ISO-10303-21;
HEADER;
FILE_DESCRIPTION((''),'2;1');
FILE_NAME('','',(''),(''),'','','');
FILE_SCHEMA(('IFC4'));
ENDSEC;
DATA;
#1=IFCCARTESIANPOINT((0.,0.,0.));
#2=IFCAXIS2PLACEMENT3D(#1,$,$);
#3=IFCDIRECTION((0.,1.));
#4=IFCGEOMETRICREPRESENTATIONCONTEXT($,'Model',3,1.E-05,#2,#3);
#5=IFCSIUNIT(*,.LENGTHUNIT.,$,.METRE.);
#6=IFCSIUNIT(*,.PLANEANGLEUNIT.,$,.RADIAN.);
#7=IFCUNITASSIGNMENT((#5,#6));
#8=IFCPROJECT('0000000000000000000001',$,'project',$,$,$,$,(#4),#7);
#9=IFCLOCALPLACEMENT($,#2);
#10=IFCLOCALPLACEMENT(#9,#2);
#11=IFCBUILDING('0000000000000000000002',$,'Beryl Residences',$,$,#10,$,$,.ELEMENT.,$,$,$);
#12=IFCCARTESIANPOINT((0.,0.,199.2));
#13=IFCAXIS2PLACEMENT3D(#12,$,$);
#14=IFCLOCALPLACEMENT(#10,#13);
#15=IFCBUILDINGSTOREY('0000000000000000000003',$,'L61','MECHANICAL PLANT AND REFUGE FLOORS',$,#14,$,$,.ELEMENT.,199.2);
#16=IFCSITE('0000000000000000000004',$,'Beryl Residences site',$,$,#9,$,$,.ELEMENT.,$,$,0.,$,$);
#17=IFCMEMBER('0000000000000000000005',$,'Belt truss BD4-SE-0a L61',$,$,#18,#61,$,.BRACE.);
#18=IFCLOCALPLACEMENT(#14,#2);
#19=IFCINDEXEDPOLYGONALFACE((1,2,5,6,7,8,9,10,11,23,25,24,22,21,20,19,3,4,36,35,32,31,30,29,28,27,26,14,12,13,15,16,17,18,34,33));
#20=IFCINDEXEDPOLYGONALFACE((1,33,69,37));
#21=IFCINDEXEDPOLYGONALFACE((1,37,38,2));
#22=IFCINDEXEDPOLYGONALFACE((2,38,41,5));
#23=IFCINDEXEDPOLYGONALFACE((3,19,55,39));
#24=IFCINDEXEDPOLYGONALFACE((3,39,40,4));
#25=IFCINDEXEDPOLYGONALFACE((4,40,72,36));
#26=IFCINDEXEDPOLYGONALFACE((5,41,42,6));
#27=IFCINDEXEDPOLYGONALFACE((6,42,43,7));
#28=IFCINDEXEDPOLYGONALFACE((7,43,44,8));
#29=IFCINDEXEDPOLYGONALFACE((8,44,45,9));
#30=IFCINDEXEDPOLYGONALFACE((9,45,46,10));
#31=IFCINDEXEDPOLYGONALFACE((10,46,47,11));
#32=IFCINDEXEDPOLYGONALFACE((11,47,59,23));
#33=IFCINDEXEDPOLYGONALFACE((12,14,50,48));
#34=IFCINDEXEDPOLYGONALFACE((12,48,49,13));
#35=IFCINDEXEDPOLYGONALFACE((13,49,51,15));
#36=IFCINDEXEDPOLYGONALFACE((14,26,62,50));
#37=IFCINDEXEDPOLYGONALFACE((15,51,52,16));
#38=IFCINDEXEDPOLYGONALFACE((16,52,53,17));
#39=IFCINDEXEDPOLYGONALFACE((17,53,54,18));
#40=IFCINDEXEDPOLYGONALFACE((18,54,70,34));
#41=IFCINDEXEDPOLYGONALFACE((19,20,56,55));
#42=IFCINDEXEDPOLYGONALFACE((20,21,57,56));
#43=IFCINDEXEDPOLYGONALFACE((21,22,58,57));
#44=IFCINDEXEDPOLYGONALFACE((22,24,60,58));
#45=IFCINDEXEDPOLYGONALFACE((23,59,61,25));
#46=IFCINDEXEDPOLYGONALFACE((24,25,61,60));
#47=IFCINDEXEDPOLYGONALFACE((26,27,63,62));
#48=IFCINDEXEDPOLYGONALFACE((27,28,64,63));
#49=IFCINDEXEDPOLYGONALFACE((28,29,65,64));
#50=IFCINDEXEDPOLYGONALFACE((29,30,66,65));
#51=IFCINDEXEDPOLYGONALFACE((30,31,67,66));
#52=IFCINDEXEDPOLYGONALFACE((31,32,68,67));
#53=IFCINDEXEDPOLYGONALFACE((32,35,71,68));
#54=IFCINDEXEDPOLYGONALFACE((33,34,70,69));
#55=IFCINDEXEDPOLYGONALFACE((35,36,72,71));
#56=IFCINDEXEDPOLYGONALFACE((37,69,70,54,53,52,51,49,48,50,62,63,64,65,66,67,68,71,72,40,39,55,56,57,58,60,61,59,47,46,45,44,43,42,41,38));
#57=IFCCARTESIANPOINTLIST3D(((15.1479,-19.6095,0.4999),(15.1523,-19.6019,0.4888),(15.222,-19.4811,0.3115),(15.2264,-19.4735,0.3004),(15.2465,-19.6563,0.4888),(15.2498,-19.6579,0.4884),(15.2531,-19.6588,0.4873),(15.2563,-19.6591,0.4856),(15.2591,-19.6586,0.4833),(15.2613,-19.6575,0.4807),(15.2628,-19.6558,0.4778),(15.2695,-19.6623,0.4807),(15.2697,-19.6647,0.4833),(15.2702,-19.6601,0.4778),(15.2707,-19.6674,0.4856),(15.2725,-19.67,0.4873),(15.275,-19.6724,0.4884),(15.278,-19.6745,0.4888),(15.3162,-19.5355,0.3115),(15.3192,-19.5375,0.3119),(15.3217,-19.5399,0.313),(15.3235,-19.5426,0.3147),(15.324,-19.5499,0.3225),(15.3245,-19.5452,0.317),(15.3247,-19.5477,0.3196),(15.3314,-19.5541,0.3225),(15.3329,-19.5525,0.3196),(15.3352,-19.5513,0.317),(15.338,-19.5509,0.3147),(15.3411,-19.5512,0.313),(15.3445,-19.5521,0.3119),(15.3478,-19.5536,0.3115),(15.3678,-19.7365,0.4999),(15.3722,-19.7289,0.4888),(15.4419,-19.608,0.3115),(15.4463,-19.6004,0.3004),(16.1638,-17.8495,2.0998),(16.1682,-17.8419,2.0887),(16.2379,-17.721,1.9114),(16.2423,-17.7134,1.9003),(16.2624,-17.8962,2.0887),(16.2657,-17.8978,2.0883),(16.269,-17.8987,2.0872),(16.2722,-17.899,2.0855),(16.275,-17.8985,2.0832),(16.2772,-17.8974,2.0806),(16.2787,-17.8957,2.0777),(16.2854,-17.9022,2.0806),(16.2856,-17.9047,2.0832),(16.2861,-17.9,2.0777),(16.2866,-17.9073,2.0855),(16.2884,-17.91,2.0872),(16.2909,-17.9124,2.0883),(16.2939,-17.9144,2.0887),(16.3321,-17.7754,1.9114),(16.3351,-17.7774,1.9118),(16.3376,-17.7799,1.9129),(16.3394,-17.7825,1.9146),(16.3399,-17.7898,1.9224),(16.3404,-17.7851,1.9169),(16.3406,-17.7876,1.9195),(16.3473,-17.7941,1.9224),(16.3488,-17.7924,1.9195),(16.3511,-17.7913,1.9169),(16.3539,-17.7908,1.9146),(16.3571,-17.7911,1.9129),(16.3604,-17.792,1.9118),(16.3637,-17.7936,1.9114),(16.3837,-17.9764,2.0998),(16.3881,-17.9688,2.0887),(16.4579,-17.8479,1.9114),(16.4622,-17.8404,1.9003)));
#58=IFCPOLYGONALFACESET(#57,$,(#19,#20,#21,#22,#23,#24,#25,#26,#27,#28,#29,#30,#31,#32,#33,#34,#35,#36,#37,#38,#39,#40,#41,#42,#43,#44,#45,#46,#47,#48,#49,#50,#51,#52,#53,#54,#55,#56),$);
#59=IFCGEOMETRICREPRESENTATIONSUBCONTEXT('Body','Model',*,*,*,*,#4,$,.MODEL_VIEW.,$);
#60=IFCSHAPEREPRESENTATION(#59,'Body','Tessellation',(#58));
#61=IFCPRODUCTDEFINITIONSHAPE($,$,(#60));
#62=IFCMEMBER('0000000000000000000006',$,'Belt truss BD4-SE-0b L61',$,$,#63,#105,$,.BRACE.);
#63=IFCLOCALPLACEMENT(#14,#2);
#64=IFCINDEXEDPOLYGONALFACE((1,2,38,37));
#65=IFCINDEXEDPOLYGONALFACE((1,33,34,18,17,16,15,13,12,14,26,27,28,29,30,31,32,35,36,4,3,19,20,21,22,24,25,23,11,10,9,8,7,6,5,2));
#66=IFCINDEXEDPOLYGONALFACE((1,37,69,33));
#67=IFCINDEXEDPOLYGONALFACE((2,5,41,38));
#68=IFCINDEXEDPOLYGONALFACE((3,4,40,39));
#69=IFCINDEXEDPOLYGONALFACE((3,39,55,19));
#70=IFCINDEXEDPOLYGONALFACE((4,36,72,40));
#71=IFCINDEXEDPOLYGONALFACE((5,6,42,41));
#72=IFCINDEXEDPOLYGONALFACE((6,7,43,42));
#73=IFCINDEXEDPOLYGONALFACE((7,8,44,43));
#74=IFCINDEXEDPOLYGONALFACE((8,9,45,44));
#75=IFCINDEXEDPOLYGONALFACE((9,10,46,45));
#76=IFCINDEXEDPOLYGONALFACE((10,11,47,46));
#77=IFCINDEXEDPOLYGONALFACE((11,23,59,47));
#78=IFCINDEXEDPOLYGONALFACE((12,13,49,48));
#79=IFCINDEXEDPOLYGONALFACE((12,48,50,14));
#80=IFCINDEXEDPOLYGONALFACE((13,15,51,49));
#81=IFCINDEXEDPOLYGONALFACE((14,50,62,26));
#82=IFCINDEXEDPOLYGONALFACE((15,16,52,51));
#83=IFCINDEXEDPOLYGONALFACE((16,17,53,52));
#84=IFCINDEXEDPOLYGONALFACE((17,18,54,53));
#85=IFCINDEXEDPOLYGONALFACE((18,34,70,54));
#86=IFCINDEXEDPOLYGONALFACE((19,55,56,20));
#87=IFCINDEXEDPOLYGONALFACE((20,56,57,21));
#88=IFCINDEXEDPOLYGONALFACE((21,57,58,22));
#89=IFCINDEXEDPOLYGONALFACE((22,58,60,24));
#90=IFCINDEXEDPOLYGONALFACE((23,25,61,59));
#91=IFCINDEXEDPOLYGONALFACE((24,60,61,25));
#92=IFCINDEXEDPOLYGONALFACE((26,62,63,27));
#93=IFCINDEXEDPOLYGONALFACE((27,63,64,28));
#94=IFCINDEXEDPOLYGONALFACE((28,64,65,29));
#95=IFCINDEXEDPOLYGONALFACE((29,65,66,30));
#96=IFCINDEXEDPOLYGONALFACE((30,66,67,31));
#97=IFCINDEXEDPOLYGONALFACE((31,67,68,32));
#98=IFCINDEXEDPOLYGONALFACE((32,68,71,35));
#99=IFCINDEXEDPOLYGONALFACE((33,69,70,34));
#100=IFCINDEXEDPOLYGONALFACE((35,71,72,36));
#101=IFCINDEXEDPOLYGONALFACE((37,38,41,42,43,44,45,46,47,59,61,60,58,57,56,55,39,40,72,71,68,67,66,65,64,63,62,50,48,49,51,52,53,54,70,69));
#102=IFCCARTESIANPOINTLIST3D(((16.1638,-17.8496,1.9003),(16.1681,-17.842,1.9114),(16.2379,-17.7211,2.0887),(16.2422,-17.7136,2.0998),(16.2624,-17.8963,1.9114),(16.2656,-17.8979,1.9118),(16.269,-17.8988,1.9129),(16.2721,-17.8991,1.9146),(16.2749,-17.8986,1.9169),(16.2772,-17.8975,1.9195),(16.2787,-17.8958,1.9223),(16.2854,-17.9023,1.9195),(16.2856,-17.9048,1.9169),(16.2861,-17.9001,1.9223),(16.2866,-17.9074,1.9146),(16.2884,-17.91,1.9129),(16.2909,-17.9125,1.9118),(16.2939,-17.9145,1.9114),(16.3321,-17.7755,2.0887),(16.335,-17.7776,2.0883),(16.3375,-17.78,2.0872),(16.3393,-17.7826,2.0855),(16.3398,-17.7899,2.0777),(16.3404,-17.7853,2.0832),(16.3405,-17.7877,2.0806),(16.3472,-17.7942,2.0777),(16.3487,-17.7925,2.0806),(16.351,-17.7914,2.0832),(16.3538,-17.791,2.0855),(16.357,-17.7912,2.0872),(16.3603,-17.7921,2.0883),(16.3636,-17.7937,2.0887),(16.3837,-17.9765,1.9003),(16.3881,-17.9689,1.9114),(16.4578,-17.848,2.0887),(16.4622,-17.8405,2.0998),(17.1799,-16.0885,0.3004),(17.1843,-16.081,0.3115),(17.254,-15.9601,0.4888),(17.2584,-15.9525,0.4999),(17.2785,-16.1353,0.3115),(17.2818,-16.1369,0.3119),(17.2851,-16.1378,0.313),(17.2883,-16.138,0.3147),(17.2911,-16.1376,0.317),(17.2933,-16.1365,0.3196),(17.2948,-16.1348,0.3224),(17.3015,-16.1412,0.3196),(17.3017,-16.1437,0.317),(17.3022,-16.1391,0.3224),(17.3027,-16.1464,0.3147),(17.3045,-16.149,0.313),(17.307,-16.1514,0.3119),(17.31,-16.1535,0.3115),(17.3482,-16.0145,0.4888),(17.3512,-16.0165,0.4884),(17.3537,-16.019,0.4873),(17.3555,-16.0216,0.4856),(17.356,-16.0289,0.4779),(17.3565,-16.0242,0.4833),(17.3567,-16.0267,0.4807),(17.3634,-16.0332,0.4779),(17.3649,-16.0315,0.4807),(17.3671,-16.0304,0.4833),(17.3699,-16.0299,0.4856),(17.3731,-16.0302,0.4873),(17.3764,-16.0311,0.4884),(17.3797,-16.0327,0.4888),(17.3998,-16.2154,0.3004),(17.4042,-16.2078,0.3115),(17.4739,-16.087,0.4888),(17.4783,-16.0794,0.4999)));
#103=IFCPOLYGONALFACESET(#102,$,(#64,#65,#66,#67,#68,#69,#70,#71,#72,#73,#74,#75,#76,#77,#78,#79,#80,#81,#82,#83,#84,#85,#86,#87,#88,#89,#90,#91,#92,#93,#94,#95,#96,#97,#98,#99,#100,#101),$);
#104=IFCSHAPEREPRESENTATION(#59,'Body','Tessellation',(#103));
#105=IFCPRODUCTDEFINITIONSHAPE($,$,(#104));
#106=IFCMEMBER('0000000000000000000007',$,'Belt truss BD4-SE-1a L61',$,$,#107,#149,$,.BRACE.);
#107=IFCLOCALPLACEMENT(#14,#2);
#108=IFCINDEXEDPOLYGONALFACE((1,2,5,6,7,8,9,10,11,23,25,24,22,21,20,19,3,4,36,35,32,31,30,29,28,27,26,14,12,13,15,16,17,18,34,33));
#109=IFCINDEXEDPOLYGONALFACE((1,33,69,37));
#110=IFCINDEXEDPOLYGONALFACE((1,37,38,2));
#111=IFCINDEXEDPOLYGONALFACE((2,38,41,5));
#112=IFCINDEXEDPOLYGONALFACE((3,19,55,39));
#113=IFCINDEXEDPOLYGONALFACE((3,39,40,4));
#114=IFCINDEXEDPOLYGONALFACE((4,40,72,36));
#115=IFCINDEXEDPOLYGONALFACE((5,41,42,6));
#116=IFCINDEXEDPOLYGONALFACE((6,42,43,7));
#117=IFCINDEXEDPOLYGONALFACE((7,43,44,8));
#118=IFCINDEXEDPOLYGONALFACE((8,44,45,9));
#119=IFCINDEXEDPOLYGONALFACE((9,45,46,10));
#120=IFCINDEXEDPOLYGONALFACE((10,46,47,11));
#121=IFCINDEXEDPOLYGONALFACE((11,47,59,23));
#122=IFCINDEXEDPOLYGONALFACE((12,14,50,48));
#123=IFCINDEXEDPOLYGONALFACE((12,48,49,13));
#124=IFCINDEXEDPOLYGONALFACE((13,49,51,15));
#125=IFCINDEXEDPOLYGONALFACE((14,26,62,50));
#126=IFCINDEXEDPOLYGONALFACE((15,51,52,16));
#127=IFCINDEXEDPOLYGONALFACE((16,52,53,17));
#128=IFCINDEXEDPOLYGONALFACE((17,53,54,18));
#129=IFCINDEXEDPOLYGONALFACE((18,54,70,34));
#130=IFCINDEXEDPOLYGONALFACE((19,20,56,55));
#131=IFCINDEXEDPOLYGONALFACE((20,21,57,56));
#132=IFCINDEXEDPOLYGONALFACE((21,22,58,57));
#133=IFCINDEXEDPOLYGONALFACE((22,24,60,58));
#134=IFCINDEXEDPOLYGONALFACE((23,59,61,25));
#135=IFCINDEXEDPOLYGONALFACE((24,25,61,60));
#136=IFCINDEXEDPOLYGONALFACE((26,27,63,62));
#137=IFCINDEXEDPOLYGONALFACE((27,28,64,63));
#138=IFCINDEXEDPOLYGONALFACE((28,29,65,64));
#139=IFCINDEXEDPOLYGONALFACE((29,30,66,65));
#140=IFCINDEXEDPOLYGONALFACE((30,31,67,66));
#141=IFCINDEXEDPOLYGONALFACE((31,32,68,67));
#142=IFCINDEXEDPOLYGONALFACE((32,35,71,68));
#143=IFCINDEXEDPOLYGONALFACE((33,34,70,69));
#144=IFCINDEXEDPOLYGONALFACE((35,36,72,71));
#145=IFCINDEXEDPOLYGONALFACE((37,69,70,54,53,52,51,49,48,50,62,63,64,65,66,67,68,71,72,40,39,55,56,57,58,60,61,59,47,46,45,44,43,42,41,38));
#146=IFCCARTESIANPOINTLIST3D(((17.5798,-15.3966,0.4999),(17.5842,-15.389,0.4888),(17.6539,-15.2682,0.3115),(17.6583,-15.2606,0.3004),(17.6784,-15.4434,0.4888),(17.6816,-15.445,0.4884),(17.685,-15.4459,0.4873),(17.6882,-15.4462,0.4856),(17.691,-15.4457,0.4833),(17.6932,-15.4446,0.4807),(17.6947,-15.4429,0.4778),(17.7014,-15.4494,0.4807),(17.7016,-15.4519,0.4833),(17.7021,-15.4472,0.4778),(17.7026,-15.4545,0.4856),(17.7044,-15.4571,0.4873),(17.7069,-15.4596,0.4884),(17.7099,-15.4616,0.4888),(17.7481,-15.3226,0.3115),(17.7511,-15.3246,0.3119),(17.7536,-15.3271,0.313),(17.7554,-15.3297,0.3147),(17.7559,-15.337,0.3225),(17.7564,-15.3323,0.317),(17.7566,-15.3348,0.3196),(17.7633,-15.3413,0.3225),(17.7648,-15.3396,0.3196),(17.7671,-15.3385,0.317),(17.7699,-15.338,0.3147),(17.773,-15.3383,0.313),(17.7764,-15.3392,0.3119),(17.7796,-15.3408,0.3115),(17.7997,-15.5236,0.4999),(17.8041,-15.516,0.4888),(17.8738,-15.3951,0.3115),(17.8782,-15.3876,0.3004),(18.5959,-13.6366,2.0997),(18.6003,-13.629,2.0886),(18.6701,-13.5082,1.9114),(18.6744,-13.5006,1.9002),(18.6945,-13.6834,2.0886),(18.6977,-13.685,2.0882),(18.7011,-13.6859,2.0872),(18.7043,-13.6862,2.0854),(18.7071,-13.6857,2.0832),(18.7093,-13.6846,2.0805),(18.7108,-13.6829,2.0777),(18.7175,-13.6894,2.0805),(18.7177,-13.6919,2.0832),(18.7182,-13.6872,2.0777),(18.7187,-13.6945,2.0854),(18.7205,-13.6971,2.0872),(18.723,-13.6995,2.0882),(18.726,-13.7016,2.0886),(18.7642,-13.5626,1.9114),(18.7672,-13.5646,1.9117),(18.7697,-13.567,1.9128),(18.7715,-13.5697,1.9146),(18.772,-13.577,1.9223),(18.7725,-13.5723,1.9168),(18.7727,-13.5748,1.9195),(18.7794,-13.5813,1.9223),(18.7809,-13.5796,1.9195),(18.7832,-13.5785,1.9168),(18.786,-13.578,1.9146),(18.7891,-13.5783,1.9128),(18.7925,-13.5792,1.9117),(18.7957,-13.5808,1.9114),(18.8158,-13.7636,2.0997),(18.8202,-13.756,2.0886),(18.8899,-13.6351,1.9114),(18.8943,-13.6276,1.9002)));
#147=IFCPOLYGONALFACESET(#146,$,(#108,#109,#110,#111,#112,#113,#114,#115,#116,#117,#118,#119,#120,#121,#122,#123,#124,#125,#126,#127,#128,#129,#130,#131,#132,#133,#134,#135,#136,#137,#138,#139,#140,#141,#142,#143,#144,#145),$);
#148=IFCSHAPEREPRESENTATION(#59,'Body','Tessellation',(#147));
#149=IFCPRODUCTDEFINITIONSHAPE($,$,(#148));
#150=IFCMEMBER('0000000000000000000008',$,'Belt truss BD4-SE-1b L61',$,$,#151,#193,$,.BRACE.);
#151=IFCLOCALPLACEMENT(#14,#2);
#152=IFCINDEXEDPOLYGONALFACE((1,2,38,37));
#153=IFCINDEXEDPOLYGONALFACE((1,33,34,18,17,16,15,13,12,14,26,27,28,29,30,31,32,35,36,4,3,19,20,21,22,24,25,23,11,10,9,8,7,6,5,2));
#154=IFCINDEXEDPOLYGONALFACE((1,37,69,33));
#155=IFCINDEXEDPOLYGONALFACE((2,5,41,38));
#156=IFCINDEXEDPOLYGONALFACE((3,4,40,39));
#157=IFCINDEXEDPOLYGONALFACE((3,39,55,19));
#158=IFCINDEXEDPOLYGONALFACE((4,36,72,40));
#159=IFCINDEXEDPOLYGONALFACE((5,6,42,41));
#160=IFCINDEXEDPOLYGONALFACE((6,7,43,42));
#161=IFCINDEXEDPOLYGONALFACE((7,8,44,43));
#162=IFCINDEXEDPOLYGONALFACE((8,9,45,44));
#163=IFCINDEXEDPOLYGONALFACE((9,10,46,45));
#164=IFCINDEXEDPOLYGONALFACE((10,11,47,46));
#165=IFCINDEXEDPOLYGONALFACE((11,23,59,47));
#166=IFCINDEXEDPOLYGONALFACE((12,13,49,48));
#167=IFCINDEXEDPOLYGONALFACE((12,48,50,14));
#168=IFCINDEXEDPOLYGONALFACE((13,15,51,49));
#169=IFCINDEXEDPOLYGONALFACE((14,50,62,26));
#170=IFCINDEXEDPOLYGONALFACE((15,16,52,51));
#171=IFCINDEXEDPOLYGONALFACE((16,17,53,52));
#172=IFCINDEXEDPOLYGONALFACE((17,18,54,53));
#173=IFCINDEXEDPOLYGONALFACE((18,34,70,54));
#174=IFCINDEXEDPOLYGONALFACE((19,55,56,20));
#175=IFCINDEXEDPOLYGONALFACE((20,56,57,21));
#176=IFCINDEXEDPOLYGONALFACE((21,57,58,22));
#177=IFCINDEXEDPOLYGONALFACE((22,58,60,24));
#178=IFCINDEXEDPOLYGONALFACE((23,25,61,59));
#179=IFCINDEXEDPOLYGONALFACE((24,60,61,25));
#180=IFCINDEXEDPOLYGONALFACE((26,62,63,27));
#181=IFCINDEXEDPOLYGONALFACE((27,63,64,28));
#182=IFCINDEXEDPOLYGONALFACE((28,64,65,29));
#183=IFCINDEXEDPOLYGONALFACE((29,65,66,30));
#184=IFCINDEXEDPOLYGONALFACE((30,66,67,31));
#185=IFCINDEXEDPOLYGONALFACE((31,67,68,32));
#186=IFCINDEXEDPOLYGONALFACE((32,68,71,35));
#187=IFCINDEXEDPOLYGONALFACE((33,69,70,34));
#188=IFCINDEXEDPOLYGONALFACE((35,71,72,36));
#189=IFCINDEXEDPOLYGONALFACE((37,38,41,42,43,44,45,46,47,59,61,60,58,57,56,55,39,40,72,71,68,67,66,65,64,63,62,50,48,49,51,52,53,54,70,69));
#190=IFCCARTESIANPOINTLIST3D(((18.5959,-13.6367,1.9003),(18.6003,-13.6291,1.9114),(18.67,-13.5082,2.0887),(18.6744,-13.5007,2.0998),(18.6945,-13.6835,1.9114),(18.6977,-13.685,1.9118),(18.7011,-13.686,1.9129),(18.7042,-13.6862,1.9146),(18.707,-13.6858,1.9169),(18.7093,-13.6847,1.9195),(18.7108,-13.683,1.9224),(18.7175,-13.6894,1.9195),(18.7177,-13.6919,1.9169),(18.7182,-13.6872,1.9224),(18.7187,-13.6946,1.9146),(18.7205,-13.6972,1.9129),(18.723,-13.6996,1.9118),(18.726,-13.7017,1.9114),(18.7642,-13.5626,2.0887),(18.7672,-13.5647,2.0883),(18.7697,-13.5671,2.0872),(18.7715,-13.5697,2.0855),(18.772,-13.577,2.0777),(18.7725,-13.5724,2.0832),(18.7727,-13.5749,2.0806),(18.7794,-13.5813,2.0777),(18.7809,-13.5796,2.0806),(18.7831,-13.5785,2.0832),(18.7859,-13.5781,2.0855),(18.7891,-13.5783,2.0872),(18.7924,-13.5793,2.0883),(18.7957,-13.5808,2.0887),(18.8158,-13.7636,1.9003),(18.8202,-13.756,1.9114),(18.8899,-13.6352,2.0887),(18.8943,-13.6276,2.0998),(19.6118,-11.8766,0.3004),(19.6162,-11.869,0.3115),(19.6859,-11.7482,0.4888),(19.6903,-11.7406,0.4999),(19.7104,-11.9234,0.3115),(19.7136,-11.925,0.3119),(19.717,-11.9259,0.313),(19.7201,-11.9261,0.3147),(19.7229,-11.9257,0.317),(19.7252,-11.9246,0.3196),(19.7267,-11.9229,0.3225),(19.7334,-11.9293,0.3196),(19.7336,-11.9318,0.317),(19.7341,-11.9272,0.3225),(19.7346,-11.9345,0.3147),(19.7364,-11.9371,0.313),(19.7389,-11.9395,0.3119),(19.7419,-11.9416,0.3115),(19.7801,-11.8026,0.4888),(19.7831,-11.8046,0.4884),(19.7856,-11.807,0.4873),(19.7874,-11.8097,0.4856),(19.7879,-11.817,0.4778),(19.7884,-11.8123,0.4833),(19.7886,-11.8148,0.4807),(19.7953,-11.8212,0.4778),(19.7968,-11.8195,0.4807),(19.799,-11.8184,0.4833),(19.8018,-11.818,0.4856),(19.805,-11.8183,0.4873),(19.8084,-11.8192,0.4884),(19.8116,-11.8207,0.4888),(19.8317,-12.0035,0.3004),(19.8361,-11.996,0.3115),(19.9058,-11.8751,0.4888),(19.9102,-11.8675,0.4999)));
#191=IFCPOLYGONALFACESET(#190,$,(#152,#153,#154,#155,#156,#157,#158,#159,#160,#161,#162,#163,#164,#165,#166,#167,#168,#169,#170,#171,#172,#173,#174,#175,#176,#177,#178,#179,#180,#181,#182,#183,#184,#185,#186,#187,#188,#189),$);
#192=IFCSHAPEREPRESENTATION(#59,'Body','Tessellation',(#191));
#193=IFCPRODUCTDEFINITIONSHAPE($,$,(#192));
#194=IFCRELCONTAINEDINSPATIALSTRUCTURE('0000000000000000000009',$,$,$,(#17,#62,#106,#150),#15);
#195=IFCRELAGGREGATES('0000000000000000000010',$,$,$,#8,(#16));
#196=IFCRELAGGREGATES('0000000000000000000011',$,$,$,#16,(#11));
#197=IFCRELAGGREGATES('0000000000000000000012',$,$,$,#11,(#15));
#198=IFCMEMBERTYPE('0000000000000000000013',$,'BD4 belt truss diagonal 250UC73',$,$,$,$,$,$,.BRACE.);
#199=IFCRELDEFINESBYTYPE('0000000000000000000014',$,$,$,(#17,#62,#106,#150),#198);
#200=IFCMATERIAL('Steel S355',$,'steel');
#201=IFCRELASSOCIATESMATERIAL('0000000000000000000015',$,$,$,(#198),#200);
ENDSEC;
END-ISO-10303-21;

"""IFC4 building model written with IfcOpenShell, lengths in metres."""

from ifc_helpers import new_model, si_unit, direction, frame, origin, origin_2d, place, context, subcontext, project, spatial, i_section, extrude, material, material_profile, profile_set, type_object, element, save


model = new_model("IFC4")

# Units and contexts
model_context = context("Model", 3, precision=1e-05, world=origin(), true_north=direction((0.0, 1.0)))
body_context = subcontext(model_context, "Body", "Model", "MODEL_VIEW")
ifc_project = project(units=[si_unit("LENGTHUNIT", "METRE"), si_unit("PLANEANGLEUNIT", "RADIAN")], contexts=[model_context])

# Site, building, storey
site_placement = place(None, origin())
site = spatial("IfcSite", under=ifc_project, at=site_placement, Name="Beryl Residences site", CompositionType="ELEMENT", RefElevation=0.0)
building_placement = place(site_placement, origin())
building = spatial("IfcBuilding", under=site, at=building_placement, Name="Beryl Residences", CompositionType="ELEMENT")
storey_placement = place(building_placement, frame((0.0, 0.0, 199.2)))
storey = spatial("IfcBuildingStorey", under=building, at=storey_placement, Name="L61", Description="MECHANICAL PLANT AND REFUGE FLOORS", CompositionType="ELEMENT", Elevation=199.2)

# Members
ifc_material_1 = material(Name="Steel S355", Category="steel")
ifc_material_profile_1 = material_profile(ifc_material_1, i_section(OverallWidth=0.2539, OverallDepth=0.2539, WebThickness=0.0085, FlangeThickness=0.0142, FilletRadius=0.0139, at=origin_2d()))
ifc_profile_set_1 = profile_set([ifc_material_profile_1], Name="Steel S355")
member_type_1 = type_object("IfcMemberType", Name="BD4 belt truss diagonal 250UC73", PredefinedType="BRACE", material=ifc_profile_set_1)
member_1_placement = place(storey_placement, frame((15.2971, -19.605, 0.4001), z_axis=(0.392782, 0.680502, 0.618578), x_axis=(-0.866084, 0.499899, 0.0)))
element("IfcMember", 1, at=member_1_placement, inside=storey, type_object=member_type_1, Name="Belt truss BD4-SE-0a L61", PredefinedType="BRACE", context=body_context, shape_type="SweptSolid", body=[
    extrude(i_section(OverallWidth=0.2539, OverallDepth=0.2539, WebThickness=0.0085, FlangeThickness=0.0142, FilletRadius=0.0139, at=origin_2d()), origin(), (0.0, 0.0, 1.0), 2.5864),
])
member_2_placement = place(storey_placement, frame((17.3291, -16.084, 0.4001), z_axis=(-0.392761, -0.680679, 0.618396), x_axis=(0.866152, -0.499781, 0.0)))
element("IfcMember", 2, at=member_2_placement, inside=storey, type_object=member_type_1, Name="Belt truss BD4-SE-0b L61", PredefinedType="BRACE", context=body_context, shape_type="SweptSolid", body=[
    extrude(i_section(OverallWidth=0.2539, OverallDepth=0.2539, WebThickness=0.0085, FlangeThickness=0.0142, FilletRadius=0.0139, at=origin_2d()), origin(), (0.0, 0.0, 1.0), 2.5872),
])
for number, where, z_axis, x_axis, name in (
    (3, (17.729, -15.3921, 0.4001), (0.392862, 0.680477, 0.618555), (-0.866032, 0.499989, 0.0), "Belt truss BD4-SE-1a L61"),
    (4, (19.761, -11.8721, 0.4001), (-0.392782, -0.680502, 0.618578), (0.866084, -0.499899, 0.0), "Belt truss BD4-SE-1b L61"),
):
    element("IfcMember", number, at=place(storey_placement, frame(where, z_axis=z_axis, x_axis=x_axis)), inside=storey, type_object=member_type_1, Name=name, PredefinedType="BRACE", context=body_context, shape_type="SweptSolid", body=[
        extrude(i_section(OverallWidth=0.2539, OverallDepth=0.2539, WebThickness=0.0085, FlangeThickness=0.0142, FilletRadius=0.0139, at=origin_2d()), origin(), (0.0, 0.0, 1.0), 2.5864),
    ])

save(model, "model.ifc")
